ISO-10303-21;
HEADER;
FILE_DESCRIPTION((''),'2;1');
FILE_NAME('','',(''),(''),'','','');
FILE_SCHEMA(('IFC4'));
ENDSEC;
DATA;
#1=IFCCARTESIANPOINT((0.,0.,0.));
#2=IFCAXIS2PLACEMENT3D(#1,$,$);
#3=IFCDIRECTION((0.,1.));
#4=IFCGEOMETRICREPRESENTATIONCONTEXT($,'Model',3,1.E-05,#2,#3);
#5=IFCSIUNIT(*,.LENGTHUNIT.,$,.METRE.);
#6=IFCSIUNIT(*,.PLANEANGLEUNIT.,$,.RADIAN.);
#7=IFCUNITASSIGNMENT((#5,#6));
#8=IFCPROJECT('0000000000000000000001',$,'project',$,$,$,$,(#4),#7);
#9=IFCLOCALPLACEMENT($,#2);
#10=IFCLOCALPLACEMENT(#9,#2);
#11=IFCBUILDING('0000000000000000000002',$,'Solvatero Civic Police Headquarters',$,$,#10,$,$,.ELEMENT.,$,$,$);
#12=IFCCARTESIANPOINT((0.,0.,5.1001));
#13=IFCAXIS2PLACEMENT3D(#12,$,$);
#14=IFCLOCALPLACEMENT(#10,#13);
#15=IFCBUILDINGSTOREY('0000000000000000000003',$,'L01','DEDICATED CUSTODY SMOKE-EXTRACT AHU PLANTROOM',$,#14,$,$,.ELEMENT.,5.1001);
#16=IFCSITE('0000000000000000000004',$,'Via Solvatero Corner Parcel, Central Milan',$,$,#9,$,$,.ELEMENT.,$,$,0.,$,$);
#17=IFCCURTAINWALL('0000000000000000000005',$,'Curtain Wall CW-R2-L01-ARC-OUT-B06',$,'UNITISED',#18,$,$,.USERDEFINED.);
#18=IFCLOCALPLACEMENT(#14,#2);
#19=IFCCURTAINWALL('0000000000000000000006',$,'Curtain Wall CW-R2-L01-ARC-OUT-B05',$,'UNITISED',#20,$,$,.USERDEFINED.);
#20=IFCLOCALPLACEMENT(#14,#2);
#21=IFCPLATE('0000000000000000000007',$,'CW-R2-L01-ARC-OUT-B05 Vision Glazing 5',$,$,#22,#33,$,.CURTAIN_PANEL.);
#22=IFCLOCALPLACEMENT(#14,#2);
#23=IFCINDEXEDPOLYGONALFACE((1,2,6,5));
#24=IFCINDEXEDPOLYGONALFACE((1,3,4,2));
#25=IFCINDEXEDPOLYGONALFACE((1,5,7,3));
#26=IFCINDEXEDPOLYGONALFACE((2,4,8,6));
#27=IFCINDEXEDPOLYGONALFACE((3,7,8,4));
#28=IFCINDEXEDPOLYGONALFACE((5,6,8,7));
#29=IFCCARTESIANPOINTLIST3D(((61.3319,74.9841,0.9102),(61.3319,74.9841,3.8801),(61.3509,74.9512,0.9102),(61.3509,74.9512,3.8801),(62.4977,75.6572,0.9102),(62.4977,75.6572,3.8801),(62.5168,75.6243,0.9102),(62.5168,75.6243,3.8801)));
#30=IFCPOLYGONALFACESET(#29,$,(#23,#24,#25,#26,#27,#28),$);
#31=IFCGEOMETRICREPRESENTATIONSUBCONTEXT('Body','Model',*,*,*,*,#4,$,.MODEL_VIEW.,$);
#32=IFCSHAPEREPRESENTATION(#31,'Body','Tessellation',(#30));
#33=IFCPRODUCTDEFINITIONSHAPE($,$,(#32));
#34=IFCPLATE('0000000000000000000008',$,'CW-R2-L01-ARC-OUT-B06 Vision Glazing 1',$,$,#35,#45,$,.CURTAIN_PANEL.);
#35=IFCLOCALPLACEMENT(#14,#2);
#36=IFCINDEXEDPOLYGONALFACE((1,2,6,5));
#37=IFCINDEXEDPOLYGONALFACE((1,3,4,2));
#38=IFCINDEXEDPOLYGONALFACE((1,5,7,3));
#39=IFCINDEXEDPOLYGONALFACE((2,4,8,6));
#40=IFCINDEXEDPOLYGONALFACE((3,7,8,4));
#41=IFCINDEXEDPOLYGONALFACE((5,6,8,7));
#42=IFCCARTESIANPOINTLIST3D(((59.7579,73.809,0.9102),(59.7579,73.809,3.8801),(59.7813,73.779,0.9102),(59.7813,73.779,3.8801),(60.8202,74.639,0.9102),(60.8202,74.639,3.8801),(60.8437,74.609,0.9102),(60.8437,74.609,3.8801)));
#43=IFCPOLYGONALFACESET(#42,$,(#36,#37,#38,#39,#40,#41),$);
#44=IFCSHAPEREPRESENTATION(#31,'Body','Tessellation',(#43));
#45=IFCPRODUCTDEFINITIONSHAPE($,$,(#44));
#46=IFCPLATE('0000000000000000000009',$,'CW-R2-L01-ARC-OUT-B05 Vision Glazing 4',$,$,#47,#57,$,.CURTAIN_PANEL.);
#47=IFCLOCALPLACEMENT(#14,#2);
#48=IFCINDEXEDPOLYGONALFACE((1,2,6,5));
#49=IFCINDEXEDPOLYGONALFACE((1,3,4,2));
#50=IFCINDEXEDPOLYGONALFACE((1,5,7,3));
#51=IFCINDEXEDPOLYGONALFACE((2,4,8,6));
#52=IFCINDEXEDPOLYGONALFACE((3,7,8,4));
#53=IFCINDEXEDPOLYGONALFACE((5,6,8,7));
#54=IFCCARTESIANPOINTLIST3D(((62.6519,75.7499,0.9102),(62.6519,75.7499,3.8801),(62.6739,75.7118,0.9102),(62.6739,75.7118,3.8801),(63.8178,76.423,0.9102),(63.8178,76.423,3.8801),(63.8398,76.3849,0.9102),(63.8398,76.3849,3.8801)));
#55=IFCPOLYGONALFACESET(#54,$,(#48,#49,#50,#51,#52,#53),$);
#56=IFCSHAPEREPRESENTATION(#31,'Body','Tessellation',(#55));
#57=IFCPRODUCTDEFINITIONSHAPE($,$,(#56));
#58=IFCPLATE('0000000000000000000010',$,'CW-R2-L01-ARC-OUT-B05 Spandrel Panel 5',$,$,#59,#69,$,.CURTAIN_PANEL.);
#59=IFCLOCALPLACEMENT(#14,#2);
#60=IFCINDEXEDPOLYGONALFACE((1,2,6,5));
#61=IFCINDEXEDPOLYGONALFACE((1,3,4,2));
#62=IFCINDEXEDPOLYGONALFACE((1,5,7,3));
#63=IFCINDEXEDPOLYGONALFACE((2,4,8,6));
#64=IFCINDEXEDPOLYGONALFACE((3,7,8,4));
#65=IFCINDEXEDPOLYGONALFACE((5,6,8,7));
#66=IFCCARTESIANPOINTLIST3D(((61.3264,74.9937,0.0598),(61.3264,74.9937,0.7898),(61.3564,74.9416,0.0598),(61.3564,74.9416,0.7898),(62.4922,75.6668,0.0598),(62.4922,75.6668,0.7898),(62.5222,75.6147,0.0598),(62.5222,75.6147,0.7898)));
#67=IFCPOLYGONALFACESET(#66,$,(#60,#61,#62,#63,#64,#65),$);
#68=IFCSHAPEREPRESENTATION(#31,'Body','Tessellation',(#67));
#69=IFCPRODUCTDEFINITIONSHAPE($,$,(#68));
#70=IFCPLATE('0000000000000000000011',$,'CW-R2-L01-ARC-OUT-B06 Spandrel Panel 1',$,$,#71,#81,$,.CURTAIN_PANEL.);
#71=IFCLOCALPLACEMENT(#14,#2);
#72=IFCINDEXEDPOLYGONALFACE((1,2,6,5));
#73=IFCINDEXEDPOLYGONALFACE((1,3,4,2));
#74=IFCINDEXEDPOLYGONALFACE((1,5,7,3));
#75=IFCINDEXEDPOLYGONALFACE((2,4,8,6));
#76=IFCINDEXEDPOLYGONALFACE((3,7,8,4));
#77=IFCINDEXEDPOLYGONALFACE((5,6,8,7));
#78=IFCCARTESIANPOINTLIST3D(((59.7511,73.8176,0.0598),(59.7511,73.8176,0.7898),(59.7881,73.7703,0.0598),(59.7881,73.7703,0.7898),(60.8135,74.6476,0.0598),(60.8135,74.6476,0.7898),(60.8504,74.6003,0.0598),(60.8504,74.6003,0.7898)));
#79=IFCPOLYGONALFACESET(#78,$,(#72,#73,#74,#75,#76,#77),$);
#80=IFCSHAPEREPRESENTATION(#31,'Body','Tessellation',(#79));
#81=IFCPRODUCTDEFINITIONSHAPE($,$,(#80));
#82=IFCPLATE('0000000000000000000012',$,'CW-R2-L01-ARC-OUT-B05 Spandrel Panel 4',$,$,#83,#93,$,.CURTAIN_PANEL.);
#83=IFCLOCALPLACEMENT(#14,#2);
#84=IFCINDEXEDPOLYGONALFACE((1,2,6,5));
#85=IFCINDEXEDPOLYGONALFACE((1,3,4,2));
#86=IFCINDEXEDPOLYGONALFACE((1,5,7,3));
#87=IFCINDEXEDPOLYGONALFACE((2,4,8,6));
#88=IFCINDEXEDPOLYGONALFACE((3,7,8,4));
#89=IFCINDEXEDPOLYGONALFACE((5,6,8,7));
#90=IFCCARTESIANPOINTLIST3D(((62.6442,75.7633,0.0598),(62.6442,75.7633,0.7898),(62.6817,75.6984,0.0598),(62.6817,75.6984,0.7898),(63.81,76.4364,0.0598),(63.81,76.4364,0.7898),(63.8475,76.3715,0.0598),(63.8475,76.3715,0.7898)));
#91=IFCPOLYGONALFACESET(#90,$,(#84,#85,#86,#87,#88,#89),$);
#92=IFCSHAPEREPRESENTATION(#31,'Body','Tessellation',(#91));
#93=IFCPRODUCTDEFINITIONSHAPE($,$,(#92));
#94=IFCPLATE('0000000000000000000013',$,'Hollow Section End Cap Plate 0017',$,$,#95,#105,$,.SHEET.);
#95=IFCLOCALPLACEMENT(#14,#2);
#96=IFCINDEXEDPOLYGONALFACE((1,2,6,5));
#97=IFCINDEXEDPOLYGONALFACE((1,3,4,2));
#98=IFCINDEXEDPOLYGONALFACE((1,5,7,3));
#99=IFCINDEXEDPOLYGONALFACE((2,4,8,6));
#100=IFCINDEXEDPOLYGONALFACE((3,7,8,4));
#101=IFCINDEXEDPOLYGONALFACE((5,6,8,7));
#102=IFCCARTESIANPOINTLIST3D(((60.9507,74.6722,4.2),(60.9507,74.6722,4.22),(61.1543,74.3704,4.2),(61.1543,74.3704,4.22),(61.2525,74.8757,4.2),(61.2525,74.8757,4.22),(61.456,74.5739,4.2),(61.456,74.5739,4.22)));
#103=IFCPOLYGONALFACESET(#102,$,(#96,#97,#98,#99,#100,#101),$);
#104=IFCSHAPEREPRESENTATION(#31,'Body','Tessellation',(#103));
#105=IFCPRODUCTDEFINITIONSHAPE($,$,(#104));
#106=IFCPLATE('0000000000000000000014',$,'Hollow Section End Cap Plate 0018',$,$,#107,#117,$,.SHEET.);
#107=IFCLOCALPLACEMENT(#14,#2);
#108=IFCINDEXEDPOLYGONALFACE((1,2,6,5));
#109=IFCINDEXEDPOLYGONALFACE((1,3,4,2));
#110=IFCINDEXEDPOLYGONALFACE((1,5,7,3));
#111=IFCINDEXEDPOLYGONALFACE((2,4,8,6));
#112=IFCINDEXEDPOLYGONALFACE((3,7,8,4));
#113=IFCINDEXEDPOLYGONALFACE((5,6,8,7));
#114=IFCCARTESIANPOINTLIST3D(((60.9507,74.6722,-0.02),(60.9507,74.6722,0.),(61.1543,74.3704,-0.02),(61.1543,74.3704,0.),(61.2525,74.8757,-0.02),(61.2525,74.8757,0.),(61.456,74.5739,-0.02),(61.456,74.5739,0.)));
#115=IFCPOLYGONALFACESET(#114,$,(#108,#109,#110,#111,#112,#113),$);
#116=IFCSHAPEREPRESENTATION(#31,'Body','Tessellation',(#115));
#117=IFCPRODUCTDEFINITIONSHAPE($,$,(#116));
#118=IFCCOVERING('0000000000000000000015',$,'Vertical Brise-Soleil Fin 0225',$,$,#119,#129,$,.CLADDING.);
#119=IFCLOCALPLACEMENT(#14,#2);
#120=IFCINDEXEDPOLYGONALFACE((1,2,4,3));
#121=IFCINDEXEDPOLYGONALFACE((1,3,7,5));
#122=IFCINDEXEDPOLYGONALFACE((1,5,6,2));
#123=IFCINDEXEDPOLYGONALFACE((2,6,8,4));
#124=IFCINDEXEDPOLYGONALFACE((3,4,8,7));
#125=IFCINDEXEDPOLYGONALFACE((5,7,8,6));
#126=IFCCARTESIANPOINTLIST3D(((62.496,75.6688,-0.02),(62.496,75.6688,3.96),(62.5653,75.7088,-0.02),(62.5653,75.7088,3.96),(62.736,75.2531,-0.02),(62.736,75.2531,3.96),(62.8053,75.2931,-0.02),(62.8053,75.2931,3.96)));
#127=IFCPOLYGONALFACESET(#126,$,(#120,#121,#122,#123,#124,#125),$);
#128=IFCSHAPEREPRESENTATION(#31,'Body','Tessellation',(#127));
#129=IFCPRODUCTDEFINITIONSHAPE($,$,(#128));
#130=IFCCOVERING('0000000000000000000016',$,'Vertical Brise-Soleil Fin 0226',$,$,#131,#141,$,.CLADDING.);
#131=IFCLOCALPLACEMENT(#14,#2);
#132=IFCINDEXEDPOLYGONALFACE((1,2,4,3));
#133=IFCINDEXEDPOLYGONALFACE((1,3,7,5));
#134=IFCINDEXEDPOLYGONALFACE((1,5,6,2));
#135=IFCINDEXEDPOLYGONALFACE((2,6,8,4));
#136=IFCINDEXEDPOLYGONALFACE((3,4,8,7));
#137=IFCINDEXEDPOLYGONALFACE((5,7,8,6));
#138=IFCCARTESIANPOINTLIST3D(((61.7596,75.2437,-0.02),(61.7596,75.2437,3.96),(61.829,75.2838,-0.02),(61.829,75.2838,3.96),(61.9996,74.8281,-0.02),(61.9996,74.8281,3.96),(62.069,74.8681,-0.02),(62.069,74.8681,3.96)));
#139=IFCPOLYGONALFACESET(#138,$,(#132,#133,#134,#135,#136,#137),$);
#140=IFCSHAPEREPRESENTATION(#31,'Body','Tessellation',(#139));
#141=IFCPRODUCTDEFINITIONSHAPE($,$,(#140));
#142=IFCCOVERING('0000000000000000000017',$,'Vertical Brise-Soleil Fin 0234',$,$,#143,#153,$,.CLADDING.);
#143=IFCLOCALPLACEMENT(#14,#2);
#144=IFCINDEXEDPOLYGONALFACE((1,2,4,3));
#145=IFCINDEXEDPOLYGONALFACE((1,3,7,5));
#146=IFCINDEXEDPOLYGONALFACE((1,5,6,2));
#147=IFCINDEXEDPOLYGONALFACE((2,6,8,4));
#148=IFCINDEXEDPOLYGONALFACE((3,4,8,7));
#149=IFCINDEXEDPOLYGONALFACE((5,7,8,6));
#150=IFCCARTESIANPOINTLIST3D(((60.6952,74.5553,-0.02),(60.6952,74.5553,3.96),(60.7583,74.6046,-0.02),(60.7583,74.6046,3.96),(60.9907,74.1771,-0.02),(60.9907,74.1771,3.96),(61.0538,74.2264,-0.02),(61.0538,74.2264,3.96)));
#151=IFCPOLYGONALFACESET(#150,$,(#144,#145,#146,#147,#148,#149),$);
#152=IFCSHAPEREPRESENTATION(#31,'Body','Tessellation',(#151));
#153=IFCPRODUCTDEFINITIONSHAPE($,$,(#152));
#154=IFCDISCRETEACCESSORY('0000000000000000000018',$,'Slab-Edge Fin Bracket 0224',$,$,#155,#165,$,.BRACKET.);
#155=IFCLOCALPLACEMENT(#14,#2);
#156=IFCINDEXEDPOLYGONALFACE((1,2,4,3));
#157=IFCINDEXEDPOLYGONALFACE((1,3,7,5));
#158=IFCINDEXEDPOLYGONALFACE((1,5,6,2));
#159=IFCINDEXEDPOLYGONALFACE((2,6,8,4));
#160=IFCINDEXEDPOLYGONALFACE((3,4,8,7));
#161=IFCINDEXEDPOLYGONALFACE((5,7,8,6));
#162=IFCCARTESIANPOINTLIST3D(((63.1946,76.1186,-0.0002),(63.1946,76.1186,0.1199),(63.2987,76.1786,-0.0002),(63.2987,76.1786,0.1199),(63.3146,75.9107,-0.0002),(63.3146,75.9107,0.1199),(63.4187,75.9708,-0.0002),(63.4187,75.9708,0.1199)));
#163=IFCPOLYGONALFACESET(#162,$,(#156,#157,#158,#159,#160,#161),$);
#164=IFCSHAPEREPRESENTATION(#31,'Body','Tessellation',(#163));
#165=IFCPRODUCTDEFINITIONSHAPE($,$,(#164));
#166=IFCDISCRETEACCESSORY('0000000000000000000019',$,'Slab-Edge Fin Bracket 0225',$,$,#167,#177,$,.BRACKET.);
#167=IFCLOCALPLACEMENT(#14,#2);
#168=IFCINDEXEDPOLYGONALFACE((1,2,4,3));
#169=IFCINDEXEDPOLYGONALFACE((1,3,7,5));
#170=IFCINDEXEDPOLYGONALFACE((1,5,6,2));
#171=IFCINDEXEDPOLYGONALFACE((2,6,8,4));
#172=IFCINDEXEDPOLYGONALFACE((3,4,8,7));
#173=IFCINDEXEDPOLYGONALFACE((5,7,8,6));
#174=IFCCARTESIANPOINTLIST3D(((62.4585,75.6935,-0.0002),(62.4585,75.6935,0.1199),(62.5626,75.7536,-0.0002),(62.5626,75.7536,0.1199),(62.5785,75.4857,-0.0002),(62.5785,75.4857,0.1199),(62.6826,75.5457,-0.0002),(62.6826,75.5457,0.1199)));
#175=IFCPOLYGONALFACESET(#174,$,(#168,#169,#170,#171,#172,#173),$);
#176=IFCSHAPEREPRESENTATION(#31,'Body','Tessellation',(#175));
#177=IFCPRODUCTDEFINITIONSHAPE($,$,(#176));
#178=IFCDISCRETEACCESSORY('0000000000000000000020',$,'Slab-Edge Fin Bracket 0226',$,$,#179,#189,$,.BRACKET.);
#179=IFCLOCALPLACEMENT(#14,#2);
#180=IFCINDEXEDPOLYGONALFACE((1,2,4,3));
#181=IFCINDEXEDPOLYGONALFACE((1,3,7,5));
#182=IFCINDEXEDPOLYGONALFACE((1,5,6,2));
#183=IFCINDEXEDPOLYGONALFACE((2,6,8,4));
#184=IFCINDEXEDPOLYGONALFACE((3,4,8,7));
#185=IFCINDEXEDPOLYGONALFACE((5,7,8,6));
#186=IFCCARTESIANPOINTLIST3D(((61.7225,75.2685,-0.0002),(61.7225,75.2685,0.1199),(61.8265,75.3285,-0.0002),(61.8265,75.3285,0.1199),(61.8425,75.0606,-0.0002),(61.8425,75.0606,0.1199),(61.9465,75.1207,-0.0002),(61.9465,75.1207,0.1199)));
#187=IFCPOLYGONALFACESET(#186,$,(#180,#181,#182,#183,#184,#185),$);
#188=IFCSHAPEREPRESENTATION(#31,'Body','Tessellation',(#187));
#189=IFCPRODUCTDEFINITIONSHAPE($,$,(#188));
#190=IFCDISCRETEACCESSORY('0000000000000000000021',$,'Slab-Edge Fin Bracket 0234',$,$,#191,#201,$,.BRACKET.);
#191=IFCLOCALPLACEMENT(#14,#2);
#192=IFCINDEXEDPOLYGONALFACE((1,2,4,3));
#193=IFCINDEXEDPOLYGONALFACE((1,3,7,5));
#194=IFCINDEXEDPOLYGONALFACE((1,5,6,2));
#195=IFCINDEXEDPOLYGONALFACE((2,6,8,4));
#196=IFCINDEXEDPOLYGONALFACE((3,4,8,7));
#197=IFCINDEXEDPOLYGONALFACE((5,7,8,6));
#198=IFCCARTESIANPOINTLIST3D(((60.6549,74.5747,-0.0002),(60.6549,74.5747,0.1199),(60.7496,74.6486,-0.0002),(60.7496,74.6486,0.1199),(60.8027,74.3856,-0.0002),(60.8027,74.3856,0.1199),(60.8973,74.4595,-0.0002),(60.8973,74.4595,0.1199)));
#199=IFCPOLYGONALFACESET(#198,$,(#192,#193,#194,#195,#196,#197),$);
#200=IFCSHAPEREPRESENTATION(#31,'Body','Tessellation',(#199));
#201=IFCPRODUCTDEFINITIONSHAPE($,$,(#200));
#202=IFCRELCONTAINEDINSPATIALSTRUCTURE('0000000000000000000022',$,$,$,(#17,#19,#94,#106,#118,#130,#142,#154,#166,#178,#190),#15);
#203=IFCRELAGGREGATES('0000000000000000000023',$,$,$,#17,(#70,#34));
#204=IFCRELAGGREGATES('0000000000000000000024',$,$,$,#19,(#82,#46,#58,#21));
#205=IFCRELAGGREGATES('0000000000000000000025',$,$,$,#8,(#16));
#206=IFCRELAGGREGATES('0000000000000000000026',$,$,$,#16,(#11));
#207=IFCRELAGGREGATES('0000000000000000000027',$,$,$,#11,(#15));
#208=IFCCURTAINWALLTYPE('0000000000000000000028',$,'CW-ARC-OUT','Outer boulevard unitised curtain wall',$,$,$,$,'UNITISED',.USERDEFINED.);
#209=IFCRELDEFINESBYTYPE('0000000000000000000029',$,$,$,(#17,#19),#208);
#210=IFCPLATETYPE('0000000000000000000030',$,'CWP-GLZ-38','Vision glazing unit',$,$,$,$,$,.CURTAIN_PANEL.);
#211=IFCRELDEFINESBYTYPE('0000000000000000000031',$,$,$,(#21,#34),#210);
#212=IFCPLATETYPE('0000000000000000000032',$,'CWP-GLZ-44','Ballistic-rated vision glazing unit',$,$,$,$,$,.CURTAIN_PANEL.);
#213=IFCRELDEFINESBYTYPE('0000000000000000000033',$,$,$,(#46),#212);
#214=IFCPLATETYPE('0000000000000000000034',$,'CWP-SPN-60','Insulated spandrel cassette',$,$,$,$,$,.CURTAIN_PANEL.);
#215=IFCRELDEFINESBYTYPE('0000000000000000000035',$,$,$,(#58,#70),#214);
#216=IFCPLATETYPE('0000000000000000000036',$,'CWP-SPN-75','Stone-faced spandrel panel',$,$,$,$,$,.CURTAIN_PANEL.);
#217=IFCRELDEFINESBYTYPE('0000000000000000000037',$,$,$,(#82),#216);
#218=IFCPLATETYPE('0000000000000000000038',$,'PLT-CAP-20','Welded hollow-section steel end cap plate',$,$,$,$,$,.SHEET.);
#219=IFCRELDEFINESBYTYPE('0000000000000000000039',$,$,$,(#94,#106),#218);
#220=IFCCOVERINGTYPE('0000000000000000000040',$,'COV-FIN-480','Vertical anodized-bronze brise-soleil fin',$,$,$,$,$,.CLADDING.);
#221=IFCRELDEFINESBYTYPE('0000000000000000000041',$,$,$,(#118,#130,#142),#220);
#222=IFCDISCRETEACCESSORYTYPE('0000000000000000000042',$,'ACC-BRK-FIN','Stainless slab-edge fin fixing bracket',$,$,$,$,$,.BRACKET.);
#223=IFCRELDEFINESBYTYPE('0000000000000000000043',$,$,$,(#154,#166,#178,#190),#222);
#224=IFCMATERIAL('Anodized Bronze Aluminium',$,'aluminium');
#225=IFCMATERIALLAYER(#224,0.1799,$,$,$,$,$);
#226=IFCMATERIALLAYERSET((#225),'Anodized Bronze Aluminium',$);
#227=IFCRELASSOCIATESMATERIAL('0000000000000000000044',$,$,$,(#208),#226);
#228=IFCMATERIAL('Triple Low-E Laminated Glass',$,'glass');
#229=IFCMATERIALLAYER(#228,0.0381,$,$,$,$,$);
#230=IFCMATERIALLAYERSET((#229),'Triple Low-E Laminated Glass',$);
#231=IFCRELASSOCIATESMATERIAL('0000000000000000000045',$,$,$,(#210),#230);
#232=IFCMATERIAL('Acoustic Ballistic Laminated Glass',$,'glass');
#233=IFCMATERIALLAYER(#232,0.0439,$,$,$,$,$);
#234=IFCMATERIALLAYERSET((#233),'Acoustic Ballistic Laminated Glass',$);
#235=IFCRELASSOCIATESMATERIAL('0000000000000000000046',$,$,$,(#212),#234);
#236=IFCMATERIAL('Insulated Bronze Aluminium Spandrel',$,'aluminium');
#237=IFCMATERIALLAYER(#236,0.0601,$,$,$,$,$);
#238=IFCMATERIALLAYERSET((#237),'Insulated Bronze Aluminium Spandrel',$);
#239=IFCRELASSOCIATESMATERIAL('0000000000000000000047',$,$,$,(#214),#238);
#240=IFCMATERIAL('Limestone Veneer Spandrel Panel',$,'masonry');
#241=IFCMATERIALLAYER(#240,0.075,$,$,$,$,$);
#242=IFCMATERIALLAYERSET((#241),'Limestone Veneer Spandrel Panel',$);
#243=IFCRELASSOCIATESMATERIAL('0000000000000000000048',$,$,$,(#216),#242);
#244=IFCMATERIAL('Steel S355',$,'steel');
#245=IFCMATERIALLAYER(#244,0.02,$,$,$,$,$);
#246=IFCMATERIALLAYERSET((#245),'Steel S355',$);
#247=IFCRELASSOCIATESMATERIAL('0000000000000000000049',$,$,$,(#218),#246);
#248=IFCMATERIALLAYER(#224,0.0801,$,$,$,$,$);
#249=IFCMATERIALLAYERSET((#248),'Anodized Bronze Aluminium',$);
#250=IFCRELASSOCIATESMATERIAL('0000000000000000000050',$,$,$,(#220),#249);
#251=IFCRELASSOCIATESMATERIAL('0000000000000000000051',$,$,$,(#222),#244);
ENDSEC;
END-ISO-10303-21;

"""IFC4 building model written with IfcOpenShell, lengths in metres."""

from ifc_helpers import new_model, si_unit, direction, frame, origin, origin_2d, place, context, subcontext, project, spatial, rectangle, extrude, material, layer, layer_set, type_object, element, aggregate, save


model = new_model("IFC4")

# Units and contexts
model_context = context("Model", 3, precision=1e-05, world=origin(), true_north=direction((0.0, 1.0)))
body_context = subcontext(model_context, "Body", "Model", "MODEL_VIEW")
ifc_project = project(units=[si_unit("LENGTHUNIT", "METRE"), si_unit("PLANEANGLEUNIT", "RADIAN")], contexts=[model_context])

# Site, building, storey
site_placement = place(None, origin())
site = spatial("IfcSite", under=ifc_project, at=site_placement, Name="Via Solvatero Corner Parcel, Central Milan", CompositionType="ELEMENT", RefElevation=0.0)
building_placement = place(site_placement, origin())
building = spatial("IfcBuilding", under=site, at=building_placement, Name="Solvatero Civic Police Headquarters", CompositionType="ELEMENT")
storey_placement = place(building_placement, frame((0.0, 0.0, 5.1001)))
storey = spatial("IfcBuildingStorey", under=building, at=storey_placement, Name="L01", Description="DEDICATED CUSTODY SMOKE-EXTRACT AHU PLANTROOM", CompositionType="ELEMENT", Elevation=5.1001)

# Shared definitions
ifc_material_1 = material(Name="Steel S355", Category="steel")

# Curtain wall
ifc_material_2 = material(Name="Anodized Bronze Aluminium", Category="aluminium")
ifc_layer_1 = layer(ifc_material_2, 0.1799)
ifc_layer_set_1 = layer_set([ifc_layer_1], Name="Anodized Bronze Aluminium")
curtain_wall_type = type_object("IfcCurtainWallType", Name="CW-ARC-OUT", Description="Outer boulevard unitised curtain wall", ElementType="UNITISED", PredefinedType="USERDEFINED", material=ifc_layer_set_1)
curtain_wall_1_placement = place(storey_placement, origin())
curtain_wall_1 = element("IfcCurtainWall", 1, at=curtain_wall_1_placement, inside=storey, type_object=curtain_wall_type, Name="Curtain Wall CW-R2-L01-ARC-OUT-B06", ObjectType="UNITISED", PredefinedType="USERDEFINED")

# Curtain wall
curtain_wall_2_placement = place(storey_placement, origin())
curtain_wall_2 = element("IfcCurtainWall", 2, at=curtain_wall_2_placement, inside=storey, type_object=curtain_wall_type, Name="Curtain Wall CW-R2-L01-ARC-OUT-B05", ObjectType="UNITISED", PredefinedType="USERDEFINED")

# Plates
ifc_material_3 = material(Name="Triple Low-E Laminated Glass", Category="glass")
ifc_layer_2 = layer(ifc_material_3, 0.0381)
ifc_layer_set_2 = layer_set([ifc_layer_2], Name="Triple Low-E Laminated Glass")
plate_type_1 = type_object("IfcPlateType", Name="CWP-GLZ-38", Description="Vision glazing unit", PredefinedType="CURTAIN_PANEL", material=ifc_layer_set_2)
plate_1_placement = place(storey_placement, frame((61.9243, 75.3042, 0.9102), z_axis=(0.0, 0.0, 1.0), x_axis=(-0.866025, -0.5, 0.0)))
plate_1 = element("IfcPlate", 3, at=plate_1_placement, type_object=plate_type_1, Name="CW-R2-L01-ARC-OUT-B05 Vision Glazing 5", PredefinedType="CURTAIN_PANEL", context=body_context, shape_type="SweptSolid", body=[
    extrude(rectangle(XDim=1.3462, YDim=0.0381, at=origin_2d()), origin(), (0.0, 0.0, 1.0), 2.97),
])
plate_2_placement = place(storey_placement, frame((60.3008, 74.209, 0.9102), z_axis=(0.0, 0.0, 1.0), x_axis=(-0.788011, -0.615661, 0.0)))
plate_2 = element("IfcPlate", 4, at=plate_2_placement, type_object=plate_type_1, Name="CW-R2-L01-ARC-OUT-B06 Vision Glazing 1", PredefinedType="CURTAIN_PANEL", context=body_context, shape_type="SweptSolid", body=[
    extrude(rectangle(XDim=1.3481, YDim=0.0381, at=origin_2d()), origin(), (0.0, 0.0, 1.0), 2.97),
])
ifc_material_4 = material(Name="Acoustic Ballistic Laminated Glass", Category="glass")
ifc_layer_3 = layer(ifc_material_4, 0.0439)
ifc_layer_set_3 = layer_set([ifc_layer_3], Name="Acoustic Ballistic Laminated Glass")
plate_type_2 = type_object("IfcPlateType", Name="CWP-GLZ-44", Description="Ballistic-rated vision glazing unit", PredefinedType="CURTAIN_PANEL", material=ifc_layer_set_3)
plate_3_placement = place(storey_placement, frame((63.2458, 76.0674, 0.9102), z_axis=(0.0, 0.0, 1.0), x_axis=(-0.866025, -0.5, 0.0)))
plate_3 = element("IfcPlate", 5, at=plate_3_placement, type_object=plate_type_2, Name="CW-R2-L01-ARC-OUT-B05 Vision Glazing 4", PredefinedType="CURTAIN_PANEL", context=body_context, shape_type="SweptSolid", body=[
    extrude(rectangle(XDim=1.3462, YDim=0.0439, at=origin_2d()), origin(), (0.0, 0.0, 1.0), 2.97),
])
ifc_material_5 = material(Name="Insulated Bronze Aluminium Spandrel", Category="aluminium")
ifc_layer_4 = layer(ifc_material_5, 0.0601)
ifc_layer_set_4 = layer_set([ifc_layer_4], Name="Insulated Bronze Aluminium Spandrel")
plate_type_3 = type_object("IfcPlateType", Name="CWP-SPN-60", Description="Insulated spandrel cassette", PredefinedType="CURTAIN_PANEL", material=ifc_layer_set_4)
plate_4_placement = place(storey_placement, frame((61.9243, 75.3042, 0.0598), z_axis=(0.0, 0.0, 1.0), x_axis=(-0.866025, -0.5, 0.0)))
plate_4 = element("IfcPlate", 6, at=plate_4_placement, type_object=plate_type_3, Name="CW-R2-L01-ARC-OUT-B05 Spandrel Panel 5", PredefinedType="CURTAIN_PANEL", context=body_context, shape_type="SweptSolid", body=[
    extrude(rectangle(XDim=1.3462, YDim=0.0601, at=origin_2d()), origin(), (0.0, 0.0, 1.0), 0.73),
])
plate_5_placement = place(storey_placement, frame((60.3008, 74.209, 0.0598), z_axis=(0.0, 0.0, 1.0), x_axis=(-0.788011, -0.615661, 0.0)))
plate_5 = element("IfcPlate", 7, at=plate_5_placement, type_object=plate_type_3, Name="CW-R2-L01-ARC-OUT-B06 Spandrel Panel 1", PredefinedType="CURTAIN_PANEL", context=body_context, shape_type="SweptSolid", body=[
    extrude(rectangle(XDim=1.3481, YDim=0.0601, at=origin_2d()), origin(), (0.0, 0.0, 1.0), 0.73),
])
aggregate(curtain_wall_1, [plate_5, plate_2])
ifc_material_6 = material(Name="Limestone Veneer Spandrel Panel", Category="masonry")
ifc_layer_5 = layer(ifc_material_6, 0.075)
ifc_layer_set_5 = layer_set([ifc_layer_5], Name="Limestone Veneer Spandrel Panel")
plate_type_4 = type_object("IfcPlateType", Name="CWP-SPN-75", Description="Stone-faced spandrel panel", PredefinedType="CURTAIN_PANEL", material=ifc_layer_set_5)
plate_6_placement = place(storey_placement, frame((63.2458, 76.0674, 0.0598), z_axis=(0.0, 0.0, 1.0), x_axis=(-0.866025, -0.5, 0.0)))
plate_6 = element("IfcPlate", 8, at=plate_6_placement, type_object=plate_type_4, Name="CW-R2-L01-ARC-OUT-B05 Spandrel Panel 4", PredefinedType="CURTAIN_PANEL", context=body_context, shape_type="SweptSolid", body=[
    extrude(rectangle(XDim=1.3462, YDim=0.075, at=origin_2d()), origin(), (0.0, 0.0, 1.0), 0.73),
])
aggregate(curtain_wall_2, [plate_6, plate_3, plate_4, plate_1])

# Plates
ifc_layer_6 = layer(ifc_material_1, 0.02)
ifc_layer_set_6 = layer_set([ifc_layer_6], Name="Steel S355")
plate_type_5 = type_object("IfcPlateType", Name="PLT-CAP-20", Description="Welded hollow-section steel end cap plate", PredefinedType="SHEET", material=ifc_layer_set_6)
for number, where, z_axis, x_axis, name in (
    (9, (61.2034, 74.623, 4.2), (0.0, 0.0, 1.0), (0.829038, 0.559193, 0.0), "Hollow Section End Cap Plate 0017"),
    (10, (61.2034, 74.623, -0.02), (0.0, 0.0, 1.0), (0.829038, 0.559193, 0.0), "Hollow Section End Cap Plate 0018"),
):
    element("IfcPlate", number, at=place(storey_placement, frame(where, z_axis=z_axis, x_axis=x_axis)), inside=storey, type_object=plate_type_5, Name=name, PredefinedType="SHEET", context=body_context, shape_type="SweptSolid", body=[
        extrude(rectangle(XDim=0.364, YDim=0.364, at=origin_2d()), origin(), (0.0, 0.0, 1.0), 0.02),
    ])

# Coverings
ifc_layer_7 = layer(ifc_material_2, 0.0801)
ifc_layer_set_7 = layer_set([ifc_layer_7], Name="Anodized Bronze Aluminium")
covering_type = type_object("IfcCoveringType", Name="COV-FIN-480", Description="Vertical anodized-bronze brise-soleil fin", PredefinedType="CLADDING", material=ifc_layer_set_7)
for number, where, z_axis, x_axis, name in (
    (11, (62.6506, 75.481, -0.02), (0.0, 0.0, 1.0), (-0.866025, -0.5, 0.0), "Vertical Brise-Soleil Fin 0225"),
    (12, (61.9143, 75.0559, -0.02), (0.0, 0.0, 1.0), (-0.866025, -0.5, 0.0), "Vertical Brise-Soleil Fin 0226"),
    (13, (60.8745, 74.3909, -0.02), (0.0, 0.0, 1.0), (-0.788011, -0.615661, 0.0), "Vertical Brise-Soleil Fin 0234"),
):
    element("IfcCovering", number, at=place(storey_placement, frame(where, z_axis=z_axis, x_axis=x_axis)), inside=storey, type_object=covering_type, Name=name, PredefinedType="CLADDING", context=body_context, shape_type="SweptSolid", body=[
        extrude(rectangle(XDim=0.0801, YDim=0.48, at=origin_2d()), origin(), (0.0, 0.0, 1.0), 3.98),
    ])

# Discrete accessories
discrete_accessory_type = type_object("IfcDiscreteAccessoryType", Name="ACC-BRK-FIN", Description="Stainless slab-edge fin fixing bracket", PredefinedType="BRACKET", material=ifc_material_1)
for number, where, z_axis, x_axis, name in (
    (14, (63.3066, 76.0447, -0.0002), (0.0, 0.0, 1.0), (-0.866025, -0.5, 0.0), "Slab-Edge Fin Bracket 0224"),
    (15, (62.5706, 75.6196, -0.0002), (0.0, 0.0, 1.0), (-0.866025, -0.5, 0.0), "Slab-Edge Fin Bracket 0225"),
    (16, (61.8345, 75.1946, -0.0002), (0.0, 0.0, 1.0), (-0.866025, -0.5, 0.0), "Slab-Edge Fin Bracket 0226"),
    (17, (60.7761, 74.5171, -0.0002), (0.0, 0.0, 1.0), (-0.788011, -0.615661, 0.0), "Slab-Edge Fin Bracket 0234"),
):
    element("IfcDiscreteAccessory", number, at=place(storey_placement, frame(where, z_axis=z_axis, x_axis=x_axis)), inside=storey, type_object=discrete_accessory_type, Name=name, PredefinedType="BRACKET", context=body_context, shape_type="SweptSolid", body=[
        extrude(rectangle(XDim=0.1201, YDim=0.24, at=origin_2d()), origin(), (0.0, 0.0, 1.0), 0.1201),
    ])

save(model, "model.ifc")
